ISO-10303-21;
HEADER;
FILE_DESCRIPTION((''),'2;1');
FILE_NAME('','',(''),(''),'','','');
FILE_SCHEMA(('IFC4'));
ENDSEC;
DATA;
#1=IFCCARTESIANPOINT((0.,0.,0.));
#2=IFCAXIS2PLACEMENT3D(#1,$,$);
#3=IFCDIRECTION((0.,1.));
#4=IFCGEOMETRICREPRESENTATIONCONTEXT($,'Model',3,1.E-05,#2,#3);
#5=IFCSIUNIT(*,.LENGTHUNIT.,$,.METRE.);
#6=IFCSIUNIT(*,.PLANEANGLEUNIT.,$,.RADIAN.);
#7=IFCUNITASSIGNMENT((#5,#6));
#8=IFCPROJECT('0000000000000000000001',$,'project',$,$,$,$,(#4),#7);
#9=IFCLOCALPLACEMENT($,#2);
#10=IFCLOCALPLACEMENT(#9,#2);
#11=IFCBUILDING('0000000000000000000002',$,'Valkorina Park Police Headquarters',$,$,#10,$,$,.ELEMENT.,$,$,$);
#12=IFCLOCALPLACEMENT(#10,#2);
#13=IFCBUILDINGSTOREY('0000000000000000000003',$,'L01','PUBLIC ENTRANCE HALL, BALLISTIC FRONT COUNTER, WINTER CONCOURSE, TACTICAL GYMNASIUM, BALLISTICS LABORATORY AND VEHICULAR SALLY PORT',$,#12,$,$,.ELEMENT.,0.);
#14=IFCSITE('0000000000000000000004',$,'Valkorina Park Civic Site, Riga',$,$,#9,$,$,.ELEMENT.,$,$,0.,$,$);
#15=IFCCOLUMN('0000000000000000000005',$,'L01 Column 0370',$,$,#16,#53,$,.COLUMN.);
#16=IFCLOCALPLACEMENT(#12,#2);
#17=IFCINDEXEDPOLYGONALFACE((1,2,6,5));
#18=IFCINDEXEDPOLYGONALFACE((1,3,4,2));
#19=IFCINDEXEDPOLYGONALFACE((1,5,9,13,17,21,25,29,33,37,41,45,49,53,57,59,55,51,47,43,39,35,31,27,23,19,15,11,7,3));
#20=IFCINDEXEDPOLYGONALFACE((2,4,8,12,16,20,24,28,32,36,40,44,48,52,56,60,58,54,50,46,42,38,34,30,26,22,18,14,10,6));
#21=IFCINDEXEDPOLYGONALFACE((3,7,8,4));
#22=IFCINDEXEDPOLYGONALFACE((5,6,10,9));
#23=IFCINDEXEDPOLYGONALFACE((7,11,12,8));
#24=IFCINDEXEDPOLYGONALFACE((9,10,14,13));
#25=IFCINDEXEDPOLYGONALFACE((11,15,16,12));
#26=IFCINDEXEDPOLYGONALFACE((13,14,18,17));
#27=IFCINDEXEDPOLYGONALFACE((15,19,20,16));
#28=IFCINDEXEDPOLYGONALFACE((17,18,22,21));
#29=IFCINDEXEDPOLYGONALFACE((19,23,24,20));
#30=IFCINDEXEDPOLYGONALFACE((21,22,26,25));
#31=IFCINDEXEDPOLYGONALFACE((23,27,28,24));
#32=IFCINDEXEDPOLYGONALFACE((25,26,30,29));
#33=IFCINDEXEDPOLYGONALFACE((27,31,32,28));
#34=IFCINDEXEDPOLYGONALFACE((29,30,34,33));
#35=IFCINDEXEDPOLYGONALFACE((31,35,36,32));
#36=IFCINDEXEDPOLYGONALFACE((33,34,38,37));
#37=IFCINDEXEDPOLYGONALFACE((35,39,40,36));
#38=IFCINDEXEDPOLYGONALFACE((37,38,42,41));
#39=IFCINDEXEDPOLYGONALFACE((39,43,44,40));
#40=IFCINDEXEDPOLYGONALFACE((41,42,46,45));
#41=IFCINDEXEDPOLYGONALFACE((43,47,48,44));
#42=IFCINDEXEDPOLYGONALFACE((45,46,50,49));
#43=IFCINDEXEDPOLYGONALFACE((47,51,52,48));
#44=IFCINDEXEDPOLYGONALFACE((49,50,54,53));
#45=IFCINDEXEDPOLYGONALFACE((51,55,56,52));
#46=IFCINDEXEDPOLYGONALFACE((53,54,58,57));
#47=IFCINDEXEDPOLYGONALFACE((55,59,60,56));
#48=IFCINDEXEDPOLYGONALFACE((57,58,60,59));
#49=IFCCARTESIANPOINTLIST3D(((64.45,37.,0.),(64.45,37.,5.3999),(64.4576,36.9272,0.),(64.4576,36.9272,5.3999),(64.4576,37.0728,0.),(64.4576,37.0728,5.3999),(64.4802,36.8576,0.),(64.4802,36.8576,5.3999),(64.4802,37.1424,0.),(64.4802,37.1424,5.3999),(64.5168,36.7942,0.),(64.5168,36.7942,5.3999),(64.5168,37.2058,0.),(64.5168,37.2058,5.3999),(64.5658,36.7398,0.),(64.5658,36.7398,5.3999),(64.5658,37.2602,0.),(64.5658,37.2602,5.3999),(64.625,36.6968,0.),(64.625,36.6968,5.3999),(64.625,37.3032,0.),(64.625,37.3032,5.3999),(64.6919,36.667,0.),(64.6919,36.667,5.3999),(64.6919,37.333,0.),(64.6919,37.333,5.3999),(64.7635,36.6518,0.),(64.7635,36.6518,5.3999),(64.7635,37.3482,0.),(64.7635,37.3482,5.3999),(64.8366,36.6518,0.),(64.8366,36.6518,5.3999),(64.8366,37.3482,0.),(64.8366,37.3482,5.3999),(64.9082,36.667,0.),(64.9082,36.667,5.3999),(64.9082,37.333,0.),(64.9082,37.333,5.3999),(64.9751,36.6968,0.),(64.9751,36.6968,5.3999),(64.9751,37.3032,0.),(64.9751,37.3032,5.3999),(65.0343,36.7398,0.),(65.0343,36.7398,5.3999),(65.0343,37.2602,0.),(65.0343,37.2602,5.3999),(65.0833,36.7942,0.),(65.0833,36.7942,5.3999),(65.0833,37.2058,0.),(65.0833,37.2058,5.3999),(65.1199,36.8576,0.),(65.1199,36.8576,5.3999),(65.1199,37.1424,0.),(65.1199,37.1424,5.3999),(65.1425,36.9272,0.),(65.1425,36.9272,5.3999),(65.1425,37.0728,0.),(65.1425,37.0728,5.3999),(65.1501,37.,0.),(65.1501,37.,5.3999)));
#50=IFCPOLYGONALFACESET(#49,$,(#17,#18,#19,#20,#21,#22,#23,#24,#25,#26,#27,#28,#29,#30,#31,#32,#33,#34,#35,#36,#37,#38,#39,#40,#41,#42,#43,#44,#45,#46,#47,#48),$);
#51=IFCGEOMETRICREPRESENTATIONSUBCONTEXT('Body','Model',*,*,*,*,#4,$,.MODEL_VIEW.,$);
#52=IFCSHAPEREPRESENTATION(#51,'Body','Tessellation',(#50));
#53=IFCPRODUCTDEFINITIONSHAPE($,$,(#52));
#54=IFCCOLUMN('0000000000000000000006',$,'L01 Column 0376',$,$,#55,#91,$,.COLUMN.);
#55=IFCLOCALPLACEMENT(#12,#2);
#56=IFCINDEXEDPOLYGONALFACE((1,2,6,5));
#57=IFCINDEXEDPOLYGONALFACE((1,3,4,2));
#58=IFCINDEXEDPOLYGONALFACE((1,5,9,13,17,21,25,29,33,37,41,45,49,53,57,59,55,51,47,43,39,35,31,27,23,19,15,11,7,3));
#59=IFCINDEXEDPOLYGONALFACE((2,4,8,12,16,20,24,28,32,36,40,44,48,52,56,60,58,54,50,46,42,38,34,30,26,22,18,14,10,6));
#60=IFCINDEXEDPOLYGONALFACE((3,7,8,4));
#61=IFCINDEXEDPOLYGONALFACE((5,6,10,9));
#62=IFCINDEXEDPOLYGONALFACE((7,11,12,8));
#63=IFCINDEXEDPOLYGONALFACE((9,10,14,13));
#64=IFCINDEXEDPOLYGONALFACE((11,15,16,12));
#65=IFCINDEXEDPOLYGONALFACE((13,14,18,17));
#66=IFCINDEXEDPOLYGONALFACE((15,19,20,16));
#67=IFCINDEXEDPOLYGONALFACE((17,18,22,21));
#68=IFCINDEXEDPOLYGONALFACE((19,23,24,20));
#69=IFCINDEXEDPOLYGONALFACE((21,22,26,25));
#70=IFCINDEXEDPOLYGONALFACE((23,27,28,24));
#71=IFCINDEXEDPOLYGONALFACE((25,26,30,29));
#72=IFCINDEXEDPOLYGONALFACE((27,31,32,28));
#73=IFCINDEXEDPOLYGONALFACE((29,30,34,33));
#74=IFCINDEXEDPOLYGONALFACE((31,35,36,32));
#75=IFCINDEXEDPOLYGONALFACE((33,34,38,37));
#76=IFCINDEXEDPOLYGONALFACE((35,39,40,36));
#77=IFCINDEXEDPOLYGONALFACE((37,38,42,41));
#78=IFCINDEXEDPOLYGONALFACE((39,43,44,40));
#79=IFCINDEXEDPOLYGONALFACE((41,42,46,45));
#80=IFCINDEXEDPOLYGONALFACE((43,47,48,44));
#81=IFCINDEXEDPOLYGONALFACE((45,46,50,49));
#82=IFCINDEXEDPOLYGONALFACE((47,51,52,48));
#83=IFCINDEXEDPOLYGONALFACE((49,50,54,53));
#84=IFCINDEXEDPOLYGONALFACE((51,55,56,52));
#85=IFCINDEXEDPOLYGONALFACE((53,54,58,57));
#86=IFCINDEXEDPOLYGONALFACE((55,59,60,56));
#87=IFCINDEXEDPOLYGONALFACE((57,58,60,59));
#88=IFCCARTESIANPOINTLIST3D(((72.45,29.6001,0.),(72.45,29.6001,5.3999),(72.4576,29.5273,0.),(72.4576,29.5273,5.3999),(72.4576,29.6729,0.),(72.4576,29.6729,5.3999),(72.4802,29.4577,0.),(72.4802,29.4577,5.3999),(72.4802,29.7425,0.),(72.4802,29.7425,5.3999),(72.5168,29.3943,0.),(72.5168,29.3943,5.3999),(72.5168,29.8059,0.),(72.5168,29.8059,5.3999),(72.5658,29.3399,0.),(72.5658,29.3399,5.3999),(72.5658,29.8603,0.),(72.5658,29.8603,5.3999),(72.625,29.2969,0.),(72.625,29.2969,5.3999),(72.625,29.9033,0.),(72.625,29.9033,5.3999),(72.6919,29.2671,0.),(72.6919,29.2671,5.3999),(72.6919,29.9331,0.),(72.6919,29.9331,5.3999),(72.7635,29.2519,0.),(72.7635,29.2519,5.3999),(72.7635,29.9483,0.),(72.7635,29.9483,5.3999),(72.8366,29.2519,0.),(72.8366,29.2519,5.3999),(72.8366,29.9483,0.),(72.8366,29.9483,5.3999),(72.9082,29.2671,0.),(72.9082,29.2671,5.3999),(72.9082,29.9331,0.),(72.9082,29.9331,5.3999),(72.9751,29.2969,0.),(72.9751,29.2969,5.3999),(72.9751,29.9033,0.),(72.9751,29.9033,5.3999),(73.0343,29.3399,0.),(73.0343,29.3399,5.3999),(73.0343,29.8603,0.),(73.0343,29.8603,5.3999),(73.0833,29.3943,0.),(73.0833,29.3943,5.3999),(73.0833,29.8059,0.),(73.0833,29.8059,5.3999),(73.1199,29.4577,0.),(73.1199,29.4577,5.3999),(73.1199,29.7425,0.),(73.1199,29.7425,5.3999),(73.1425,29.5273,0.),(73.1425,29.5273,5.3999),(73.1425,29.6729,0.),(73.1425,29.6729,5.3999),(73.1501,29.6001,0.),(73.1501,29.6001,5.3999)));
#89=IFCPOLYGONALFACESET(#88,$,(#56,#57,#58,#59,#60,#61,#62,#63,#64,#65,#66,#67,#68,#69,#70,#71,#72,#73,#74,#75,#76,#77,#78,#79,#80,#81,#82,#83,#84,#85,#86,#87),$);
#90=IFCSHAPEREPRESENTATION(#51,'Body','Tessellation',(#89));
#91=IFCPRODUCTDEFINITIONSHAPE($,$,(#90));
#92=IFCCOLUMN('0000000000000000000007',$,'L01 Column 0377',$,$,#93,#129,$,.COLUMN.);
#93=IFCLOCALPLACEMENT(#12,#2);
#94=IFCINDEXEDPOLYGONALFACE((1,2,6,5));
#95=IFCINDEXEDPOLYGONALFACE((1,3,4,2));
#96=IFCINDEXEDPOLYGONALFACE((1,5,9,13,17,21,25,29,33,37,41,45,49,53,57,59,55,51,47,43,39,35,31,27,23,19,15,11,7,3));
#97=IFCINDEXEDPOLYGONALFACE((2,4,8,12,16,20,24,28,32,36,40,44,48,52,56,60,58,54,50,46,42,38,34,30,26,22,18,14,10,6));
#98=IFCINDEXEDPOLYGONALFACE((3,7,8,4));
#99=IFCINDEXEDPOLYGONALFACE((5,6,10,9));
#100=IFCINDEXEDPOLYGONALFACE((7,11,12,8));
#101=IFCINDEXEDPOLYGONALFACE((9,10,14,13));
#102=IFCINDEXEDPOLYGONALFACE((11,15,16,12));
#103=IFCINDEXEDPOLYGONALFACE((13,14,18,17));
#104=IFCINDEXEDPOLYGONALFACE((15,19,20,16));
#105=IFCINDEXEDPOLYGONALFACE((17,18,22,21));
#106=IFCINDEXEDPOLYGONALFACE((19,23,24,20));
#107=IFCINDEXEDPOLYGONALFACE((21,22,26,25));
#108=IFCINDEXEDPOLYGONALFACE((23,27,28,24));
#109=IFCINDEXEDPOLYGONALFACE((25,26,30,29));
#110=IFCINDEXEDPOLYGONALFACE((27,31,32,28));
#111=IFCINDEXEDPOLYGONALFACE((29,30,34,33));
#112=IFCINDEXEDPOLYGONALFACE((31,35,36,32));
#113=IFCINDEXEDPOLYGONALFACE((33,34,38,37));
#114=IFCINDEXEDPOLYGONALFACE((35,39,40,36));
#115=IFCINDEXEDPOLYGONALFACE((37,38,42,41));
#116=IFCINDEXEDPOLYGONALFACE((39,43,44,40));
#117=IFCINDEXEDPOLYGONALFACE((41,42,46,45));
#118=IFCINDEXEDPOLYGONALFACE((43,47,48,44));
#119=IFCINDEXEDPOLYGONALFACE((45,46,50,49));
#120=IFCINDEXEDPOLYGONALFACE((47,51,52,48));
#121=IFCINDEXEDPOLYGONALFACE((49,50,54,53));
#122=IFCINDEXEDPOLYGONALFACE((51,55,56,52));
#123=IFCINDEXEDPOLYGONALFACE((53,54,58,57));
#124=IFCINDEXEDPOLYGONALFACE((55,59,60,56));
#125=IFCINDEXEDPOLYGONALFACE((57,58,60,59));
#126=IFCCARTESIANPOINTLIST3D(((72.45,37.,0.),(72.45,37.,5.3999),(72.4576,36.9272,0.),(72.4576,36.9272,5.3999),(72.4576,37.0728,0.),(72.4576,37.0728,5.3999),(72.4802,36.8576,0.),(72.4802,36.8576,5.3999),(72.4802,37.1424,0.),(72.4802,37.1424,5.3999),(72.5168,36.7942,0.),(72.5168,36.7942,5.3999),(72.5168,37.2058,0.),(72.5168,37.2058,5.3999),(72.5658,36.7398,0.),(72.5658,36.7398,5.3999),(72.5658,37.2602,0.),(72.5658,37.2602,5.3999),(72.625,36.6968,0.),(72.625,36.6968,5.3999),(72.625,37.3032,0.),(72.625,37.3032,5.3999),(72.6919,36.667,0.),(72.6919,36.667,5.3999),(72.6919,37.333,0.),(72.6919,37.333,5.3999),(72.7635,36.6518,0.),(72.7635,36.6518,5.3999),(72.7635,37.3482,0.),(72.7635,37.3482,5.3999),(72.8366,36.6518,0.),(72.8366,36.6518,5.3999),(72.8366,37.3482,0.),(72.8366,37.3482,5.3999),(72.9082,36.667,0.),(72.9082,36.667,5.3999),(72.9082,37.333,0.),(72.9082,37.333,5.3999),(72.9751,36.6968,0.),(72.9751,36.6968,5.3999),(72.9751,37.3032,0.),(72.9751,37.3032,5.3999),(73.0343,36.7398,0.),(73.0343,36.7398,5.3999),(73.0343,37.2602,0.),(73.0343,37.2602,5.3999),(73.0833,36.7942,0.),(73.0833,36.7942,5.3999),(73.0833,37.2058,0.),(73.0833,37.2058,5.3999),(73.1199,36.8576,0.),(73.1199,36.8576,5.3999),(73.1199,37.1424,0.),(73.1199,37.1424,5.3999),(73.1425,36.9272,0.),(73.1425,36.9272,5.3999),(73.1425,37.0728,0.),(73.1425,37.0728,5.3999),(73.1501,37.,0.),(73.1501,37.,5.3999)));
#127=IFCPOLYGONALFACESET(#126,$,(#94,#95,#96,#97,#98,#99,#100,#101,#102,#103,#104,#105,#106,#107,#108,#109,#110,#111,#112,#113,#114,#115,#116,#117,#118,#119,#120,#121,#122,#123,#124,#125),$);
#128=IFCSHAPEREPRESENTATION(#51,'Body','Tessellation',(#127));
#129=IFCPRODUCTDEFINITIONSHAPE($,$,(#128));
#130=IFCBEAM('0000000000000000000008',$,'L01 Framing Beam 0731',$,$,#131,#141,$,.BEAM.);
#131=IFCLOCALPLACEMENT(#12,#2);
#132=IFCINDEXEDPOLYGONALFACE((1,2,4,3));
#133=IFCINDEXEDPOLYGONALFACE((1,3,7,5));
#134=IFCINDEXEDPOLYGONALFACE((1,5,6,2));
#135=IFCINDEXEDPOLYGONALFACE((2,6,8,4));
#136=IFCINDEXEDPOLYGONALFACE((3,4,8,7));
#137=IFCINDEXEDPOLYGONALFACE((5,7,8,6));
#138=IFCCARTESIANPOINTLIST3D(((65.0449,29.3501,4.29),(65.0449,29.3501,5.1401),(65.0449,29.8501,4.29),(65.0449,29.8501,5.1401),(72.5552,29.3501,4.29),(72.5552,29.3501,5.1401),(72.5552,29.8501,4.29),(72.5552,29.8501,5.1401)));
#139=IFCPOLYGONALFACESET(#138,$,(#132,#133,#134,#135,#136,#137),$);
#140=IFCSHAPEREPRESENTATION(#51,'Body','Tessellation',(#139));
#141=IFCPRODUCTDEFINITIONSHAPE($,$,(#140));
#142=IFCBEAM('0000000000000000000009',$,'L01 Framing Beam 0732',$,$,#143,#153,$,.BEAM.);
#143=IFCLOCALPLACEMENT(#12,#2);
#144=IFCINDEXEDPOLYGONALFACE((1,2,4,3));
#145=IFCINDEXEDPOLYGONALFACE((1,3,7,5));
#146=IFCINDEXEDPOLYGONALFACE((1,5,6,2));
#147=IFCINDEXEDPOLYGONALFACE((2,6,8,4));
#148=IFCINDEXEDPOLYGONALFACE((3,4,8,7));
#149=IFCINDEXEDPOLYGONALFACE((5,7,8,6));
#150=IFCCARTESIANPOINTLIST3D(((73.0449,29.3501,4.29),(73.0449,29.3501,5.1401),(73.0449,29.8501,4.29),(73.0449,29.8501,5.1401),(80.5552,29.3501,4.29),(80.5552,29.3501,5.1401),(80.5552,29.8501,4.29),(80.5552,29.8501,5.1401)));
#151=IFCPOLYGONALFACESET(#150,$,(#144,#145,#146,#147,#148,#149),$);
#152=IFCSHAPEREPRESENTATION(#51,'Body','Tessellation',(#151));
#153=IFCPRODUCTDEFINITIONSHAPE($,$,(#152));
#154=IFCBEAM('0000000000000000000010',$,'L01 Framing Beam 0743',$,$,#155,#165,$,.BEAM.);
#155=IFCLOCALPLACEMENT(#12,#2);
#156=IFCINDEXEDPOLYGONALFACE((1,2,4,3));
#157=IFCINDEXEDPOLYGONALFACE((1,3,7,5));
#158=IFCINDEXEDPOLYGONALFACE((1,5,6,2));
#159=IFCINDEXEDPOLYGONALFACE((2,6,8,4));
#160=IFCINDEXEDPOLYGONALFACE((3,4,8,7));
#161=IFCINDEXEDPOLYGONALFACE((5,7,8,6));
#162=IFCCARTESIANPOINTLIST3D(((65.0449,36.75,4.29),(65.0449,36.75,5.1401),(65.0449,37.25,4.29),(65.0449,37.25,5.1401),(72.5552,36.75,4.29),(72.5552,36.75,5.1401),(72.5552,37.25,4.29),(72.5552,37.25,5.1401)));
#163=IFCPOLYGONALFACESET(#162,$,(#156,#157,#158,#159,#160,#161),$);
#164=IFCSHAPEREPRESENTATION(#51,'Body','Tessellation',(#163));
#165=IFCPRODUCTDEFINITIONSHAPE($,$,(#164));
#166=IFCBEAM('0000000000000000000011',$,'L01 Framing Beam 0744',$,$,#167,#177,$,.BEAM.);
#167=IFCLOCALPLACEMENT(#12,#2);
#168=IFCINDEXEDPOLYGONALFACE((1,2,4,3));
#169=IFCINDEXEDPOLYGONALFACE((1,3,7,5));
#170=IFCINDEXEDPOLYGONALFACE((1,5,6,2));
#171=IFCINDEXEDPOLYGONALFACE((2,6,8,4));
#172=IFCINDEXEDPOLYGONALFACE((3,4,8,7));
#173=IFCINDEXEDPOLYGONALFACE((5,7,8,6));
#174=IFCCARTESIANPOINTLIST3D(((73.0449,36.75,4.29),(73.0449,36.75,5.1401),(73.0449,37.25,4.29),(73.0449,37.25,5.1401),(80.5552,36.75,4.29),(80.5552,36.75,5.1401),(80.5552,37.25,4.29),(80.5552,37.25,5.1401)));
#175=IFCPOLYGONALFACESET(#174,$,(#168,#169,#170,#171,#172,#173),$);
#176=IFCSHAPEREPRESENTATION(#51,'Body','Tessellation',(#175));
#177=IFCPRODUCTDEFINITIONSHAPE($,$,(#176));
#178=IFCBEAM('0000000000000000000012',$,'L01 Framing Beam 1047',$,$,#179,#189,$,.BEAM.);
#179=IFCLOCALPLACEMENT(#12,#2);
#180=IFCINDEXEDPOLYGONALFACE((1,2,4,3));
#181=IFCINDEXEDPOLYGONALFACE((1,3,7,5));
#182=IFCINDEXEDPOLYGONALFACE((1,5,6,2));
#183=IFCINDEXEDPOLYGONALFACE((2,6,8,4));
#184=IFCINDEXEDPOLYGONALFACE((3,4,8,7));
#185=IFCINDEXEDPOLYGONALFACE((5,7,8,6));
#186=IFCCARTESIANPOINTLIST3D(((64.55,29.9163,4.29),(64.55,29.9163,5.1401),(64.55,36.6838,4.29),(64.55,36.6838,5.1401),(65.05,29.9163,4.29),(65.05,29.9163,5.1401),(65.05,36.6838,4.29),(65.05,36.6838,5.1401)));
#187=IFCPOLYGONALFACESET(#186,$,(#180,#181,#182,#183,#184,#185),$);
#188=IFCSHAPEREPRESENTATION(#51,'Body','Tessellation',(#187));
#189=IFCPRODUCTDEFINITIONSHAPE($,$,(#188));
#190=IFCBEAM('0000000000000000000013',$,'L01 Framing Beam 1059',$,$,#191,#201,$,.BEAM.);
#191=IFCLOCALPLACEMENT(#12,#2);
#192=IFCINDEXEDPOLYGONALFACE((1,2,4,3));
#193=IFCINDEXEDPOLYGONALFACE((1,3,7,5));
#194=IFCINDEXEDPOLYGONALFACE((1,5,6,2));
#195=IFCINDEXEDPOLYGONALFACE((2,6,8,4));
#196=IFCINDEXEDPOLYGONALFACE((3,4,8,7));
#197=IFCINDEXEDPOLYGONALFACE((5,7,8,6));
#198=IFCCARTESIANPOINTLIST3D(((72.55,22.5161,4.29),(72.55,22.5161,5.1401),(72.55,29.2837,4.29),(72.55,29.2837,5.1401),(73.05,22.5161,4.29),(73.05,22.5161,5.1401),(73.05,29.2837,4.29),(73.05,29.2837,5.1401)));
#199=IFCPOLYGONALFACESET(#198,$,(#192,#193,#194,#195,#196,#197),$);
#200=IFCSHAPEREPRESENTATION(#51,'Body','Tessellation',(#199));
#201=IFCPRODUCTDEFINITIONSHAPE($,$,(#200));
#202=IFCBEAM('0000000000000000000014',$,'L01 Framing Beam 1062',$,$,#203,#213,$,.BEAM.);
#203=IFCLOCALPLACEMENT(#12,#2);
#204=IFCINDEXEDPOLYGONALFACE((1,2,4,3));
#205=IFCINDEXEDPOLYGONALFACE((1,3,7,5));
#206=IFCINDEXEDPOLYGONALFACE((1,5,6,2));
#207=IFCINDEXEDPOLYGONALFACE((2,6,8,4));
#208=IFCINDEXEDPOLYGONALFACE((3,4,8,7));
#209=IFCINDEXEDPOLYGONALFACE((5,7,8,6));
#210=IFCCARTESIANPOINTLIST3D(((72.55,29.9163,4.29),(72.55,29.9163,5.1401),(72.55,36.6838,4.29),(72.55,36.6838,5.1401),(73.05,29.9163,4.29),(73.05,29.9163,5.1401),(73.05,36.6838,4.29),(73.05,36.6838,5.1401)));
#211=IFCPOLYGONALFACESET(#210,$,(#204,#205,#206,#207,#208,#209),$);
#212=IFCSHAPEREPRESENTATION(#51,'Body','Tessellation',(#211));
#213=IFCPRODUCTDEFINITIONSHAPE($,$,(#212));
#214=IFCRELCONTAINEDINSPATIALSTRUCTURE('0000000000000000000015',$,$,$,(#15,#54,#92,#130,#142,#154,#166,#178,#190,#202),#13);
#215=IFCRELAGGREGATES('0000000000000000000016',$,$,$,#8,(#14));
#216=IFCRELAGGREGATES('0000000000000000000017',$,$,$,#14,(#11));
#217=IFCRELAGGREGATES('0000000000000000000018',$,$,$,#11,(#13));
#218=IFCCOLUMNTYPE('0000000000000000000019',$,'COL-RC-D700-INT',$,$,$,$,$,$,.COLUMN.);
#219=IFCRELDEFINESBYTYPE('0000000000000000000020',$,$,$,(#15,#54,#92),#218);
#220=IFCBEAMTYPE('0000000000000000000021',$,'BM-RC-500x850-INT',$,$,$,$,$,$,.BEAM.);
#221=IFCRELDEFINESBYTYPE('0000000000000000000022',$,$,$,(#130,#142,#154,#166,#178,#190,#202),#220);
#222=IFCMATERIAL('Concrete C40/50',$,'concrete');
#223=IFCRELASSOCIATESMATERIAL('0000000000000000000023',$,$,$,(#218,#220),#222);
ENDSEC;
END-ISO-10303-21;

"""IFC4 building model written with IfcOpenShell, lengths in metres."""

from ifc_helpers import new_model, si_unit, direction, frame, origin, origin_2d, place, context, subcontext, project, spatial, rectangle, circle, extrude, material, material_profile, profile_set, type_object, element, save


model = new_model("IFC4")

# Units and contexts
model_context = context("Model", 3, precision=1e-05, world=origin(), true_north=direction((0.0, 1.0)))
body_context = subcontext(model_context, "Body", "Model", "MODEL_VIEW")
ifc_project = project(units=[si_unit("LENGTHUNIT", "METRE"), si_unit("PLANEANGLEUNIT", "RADIAN")], contexts=[model_context])

# Site, building, storey
site_placement = place(None, origin())
site = spatial("IfcSite", under=ifc_project, at=site_placement, Name="Valkorina Park Civic Site, Riga", CompositionType="ELEMENT", RefElevation=0.0)
building_placement = place(site_placement, origin())
building = spatial("IfcBuilding", under=site, at=building_placement, Name="Valkorina Park Police Headquarters", CompositionType="ELEMENT")
storey_placement = place(building_placement, origin())
storey = spatial("IfcBuildingStorey", under=building, at=storey_placement, Name="L01", Description="PUBLIC ENTRANCE HALL, BALLISTIC FRONT COUNTER, WINTER CONCOURSE, TACTICAL GYMNASIUM, BALLISTICS LABORATORY AND VEHICULAR SALLY PORT", CompositionType="ELEMENT", Elevation=0.0)

# Columns
ifc_material_1 = material(Name="Concrete C40/50", Category="concrete")
ifc_material_profile_1 = material_profile(ifc_material_1, circle(Radius=0.3501, at=origin_2d()), Name="RC COL D700")
ifc_profile_set_1 = profile_set([ifc_material_profile_1], Name="Concrete C40/50")
column_type = type_object("IfcColumnType", Name="COL-RC-D700-INT", PredefinedType="COLUMN", material=ifc_profile_set_1)
for number, where, z_axis, x_axis, name in (
    (1, (64.8, 37.0, 0.0), (0.0, 0.0, 1.0), (1.0, 0.0, 0.0), "L01 Column 0370"),
    (2, (72.8, 29.6001, 0.0), (0.0, 0.0, 1.0), (1.0, 0.0, 0.0), "L01 Column 0376"),
    (3, (72.8, 37.0, 0.0), (0.0, 0.0, 1.0), (1.0, 0.0, 0.0), "L01 Column 0377"),
):
    element("IfcColumn", number, at=place(storey_placement, frame(where, z_axis=z_axis, x_axis=x_axis)), inside=storey, type_object=column_type, Name=name, PredefinedType="COLUMN", context=body_context, shape_type="SweptSolid", body=[
        extrude(circle(Radius=0.3501, at=origin_2d()), origin(), (0.0, 0.0, 1.0), 5.3999),
    ])

# Beams
ifc_material_profile_2 = material_profile(ifc_material_1, rectangle(XDim=0.5, YDim=0.8501, at=origin_2d()), Name="RC BEAM 500x850")
ifc_profile_set_2 = profile_set([ifc_material_profile_2], Name="Concrete C40/50")
beam_type_1 = type_object("IfcBeamType", Name="BM-RC-500x850-INT", PredefinedType="BEAM", material=ifc_profile_set_2)
for number, where, z_axis, x_axis, name in (
    (4, (65.0449, 29.6001, 4.7151), (1.0, 0.0, 0.0), (0.0, 1.0, 0.0), "L01 Framing Beam 0731"),
    (5, (73.0449, 29.6001, 4.7151), (1.0, 0.0, 0.0), (0.0, 1.0, 0.0), "L01 Framing Beam 0732"),
    (6, (65.0449, 37.0, 4.7151), (1.0, 0.0, 0.0), (0.0, 1.0, 0.0), "L01 Framing Beam 0743"),
    (7, (73.0449, 37.0, 4.7151), (1.0, 0.0, 0.0), (0.0, 1.0, 0.0), "L01 Framing Beam 0744"),
):
    element("IfcBeam", number, at=place(storey_placement, frame(where, z_axis=z_axis, x_axis=x_axis)), inside=storey, type_object=beam_type_1, Name=name, PredefinedType="BEAM", context=body_context, shape_type="SweptSolid", body=[
        extrude(rectangle(XDim=0.5, YDim=0.8501, at=origin_2d()), origin(), (0.0, 0.0, 1.0), 7.5103),
    ])
for number, where, z_axis, x_axis, name in (
    (8, (64.8, 29.9163, 4.7151), (0.0, 1.0, 0.0), (-1.0, 0.0, 0.0), "L01 Framing Beam 1047"),
    (9, (72.8, 22.5161, 4.7151), (0.0, 1.0, 0.0), (-1.0, 0.0, 0.0), "L01 Framing Beam 1059"),
    (10, (72.8, 29.9163, 4.7151), (0.0, 1.0, 0.0), (-1.0, 0.0, 0.0), "L01 Framing Beam 1062"),
):
    element("IfcBeam", number, at=place(storey_placement, frame(where, z_axis=z_axis, x_axis=x_axis)), inside=storey, type_object=beam_type_1, Name=name, PredefinedType="BEAM", context=body_context, shape_type="SweptSolid", body=[
        extrude(rectangle(XDim=0.5, YDim=0.8501, at=origin_2d()), origin(), (0.0, 0.0, 1.0), 6.7676),
    ])

save(model, "model.ifc")
